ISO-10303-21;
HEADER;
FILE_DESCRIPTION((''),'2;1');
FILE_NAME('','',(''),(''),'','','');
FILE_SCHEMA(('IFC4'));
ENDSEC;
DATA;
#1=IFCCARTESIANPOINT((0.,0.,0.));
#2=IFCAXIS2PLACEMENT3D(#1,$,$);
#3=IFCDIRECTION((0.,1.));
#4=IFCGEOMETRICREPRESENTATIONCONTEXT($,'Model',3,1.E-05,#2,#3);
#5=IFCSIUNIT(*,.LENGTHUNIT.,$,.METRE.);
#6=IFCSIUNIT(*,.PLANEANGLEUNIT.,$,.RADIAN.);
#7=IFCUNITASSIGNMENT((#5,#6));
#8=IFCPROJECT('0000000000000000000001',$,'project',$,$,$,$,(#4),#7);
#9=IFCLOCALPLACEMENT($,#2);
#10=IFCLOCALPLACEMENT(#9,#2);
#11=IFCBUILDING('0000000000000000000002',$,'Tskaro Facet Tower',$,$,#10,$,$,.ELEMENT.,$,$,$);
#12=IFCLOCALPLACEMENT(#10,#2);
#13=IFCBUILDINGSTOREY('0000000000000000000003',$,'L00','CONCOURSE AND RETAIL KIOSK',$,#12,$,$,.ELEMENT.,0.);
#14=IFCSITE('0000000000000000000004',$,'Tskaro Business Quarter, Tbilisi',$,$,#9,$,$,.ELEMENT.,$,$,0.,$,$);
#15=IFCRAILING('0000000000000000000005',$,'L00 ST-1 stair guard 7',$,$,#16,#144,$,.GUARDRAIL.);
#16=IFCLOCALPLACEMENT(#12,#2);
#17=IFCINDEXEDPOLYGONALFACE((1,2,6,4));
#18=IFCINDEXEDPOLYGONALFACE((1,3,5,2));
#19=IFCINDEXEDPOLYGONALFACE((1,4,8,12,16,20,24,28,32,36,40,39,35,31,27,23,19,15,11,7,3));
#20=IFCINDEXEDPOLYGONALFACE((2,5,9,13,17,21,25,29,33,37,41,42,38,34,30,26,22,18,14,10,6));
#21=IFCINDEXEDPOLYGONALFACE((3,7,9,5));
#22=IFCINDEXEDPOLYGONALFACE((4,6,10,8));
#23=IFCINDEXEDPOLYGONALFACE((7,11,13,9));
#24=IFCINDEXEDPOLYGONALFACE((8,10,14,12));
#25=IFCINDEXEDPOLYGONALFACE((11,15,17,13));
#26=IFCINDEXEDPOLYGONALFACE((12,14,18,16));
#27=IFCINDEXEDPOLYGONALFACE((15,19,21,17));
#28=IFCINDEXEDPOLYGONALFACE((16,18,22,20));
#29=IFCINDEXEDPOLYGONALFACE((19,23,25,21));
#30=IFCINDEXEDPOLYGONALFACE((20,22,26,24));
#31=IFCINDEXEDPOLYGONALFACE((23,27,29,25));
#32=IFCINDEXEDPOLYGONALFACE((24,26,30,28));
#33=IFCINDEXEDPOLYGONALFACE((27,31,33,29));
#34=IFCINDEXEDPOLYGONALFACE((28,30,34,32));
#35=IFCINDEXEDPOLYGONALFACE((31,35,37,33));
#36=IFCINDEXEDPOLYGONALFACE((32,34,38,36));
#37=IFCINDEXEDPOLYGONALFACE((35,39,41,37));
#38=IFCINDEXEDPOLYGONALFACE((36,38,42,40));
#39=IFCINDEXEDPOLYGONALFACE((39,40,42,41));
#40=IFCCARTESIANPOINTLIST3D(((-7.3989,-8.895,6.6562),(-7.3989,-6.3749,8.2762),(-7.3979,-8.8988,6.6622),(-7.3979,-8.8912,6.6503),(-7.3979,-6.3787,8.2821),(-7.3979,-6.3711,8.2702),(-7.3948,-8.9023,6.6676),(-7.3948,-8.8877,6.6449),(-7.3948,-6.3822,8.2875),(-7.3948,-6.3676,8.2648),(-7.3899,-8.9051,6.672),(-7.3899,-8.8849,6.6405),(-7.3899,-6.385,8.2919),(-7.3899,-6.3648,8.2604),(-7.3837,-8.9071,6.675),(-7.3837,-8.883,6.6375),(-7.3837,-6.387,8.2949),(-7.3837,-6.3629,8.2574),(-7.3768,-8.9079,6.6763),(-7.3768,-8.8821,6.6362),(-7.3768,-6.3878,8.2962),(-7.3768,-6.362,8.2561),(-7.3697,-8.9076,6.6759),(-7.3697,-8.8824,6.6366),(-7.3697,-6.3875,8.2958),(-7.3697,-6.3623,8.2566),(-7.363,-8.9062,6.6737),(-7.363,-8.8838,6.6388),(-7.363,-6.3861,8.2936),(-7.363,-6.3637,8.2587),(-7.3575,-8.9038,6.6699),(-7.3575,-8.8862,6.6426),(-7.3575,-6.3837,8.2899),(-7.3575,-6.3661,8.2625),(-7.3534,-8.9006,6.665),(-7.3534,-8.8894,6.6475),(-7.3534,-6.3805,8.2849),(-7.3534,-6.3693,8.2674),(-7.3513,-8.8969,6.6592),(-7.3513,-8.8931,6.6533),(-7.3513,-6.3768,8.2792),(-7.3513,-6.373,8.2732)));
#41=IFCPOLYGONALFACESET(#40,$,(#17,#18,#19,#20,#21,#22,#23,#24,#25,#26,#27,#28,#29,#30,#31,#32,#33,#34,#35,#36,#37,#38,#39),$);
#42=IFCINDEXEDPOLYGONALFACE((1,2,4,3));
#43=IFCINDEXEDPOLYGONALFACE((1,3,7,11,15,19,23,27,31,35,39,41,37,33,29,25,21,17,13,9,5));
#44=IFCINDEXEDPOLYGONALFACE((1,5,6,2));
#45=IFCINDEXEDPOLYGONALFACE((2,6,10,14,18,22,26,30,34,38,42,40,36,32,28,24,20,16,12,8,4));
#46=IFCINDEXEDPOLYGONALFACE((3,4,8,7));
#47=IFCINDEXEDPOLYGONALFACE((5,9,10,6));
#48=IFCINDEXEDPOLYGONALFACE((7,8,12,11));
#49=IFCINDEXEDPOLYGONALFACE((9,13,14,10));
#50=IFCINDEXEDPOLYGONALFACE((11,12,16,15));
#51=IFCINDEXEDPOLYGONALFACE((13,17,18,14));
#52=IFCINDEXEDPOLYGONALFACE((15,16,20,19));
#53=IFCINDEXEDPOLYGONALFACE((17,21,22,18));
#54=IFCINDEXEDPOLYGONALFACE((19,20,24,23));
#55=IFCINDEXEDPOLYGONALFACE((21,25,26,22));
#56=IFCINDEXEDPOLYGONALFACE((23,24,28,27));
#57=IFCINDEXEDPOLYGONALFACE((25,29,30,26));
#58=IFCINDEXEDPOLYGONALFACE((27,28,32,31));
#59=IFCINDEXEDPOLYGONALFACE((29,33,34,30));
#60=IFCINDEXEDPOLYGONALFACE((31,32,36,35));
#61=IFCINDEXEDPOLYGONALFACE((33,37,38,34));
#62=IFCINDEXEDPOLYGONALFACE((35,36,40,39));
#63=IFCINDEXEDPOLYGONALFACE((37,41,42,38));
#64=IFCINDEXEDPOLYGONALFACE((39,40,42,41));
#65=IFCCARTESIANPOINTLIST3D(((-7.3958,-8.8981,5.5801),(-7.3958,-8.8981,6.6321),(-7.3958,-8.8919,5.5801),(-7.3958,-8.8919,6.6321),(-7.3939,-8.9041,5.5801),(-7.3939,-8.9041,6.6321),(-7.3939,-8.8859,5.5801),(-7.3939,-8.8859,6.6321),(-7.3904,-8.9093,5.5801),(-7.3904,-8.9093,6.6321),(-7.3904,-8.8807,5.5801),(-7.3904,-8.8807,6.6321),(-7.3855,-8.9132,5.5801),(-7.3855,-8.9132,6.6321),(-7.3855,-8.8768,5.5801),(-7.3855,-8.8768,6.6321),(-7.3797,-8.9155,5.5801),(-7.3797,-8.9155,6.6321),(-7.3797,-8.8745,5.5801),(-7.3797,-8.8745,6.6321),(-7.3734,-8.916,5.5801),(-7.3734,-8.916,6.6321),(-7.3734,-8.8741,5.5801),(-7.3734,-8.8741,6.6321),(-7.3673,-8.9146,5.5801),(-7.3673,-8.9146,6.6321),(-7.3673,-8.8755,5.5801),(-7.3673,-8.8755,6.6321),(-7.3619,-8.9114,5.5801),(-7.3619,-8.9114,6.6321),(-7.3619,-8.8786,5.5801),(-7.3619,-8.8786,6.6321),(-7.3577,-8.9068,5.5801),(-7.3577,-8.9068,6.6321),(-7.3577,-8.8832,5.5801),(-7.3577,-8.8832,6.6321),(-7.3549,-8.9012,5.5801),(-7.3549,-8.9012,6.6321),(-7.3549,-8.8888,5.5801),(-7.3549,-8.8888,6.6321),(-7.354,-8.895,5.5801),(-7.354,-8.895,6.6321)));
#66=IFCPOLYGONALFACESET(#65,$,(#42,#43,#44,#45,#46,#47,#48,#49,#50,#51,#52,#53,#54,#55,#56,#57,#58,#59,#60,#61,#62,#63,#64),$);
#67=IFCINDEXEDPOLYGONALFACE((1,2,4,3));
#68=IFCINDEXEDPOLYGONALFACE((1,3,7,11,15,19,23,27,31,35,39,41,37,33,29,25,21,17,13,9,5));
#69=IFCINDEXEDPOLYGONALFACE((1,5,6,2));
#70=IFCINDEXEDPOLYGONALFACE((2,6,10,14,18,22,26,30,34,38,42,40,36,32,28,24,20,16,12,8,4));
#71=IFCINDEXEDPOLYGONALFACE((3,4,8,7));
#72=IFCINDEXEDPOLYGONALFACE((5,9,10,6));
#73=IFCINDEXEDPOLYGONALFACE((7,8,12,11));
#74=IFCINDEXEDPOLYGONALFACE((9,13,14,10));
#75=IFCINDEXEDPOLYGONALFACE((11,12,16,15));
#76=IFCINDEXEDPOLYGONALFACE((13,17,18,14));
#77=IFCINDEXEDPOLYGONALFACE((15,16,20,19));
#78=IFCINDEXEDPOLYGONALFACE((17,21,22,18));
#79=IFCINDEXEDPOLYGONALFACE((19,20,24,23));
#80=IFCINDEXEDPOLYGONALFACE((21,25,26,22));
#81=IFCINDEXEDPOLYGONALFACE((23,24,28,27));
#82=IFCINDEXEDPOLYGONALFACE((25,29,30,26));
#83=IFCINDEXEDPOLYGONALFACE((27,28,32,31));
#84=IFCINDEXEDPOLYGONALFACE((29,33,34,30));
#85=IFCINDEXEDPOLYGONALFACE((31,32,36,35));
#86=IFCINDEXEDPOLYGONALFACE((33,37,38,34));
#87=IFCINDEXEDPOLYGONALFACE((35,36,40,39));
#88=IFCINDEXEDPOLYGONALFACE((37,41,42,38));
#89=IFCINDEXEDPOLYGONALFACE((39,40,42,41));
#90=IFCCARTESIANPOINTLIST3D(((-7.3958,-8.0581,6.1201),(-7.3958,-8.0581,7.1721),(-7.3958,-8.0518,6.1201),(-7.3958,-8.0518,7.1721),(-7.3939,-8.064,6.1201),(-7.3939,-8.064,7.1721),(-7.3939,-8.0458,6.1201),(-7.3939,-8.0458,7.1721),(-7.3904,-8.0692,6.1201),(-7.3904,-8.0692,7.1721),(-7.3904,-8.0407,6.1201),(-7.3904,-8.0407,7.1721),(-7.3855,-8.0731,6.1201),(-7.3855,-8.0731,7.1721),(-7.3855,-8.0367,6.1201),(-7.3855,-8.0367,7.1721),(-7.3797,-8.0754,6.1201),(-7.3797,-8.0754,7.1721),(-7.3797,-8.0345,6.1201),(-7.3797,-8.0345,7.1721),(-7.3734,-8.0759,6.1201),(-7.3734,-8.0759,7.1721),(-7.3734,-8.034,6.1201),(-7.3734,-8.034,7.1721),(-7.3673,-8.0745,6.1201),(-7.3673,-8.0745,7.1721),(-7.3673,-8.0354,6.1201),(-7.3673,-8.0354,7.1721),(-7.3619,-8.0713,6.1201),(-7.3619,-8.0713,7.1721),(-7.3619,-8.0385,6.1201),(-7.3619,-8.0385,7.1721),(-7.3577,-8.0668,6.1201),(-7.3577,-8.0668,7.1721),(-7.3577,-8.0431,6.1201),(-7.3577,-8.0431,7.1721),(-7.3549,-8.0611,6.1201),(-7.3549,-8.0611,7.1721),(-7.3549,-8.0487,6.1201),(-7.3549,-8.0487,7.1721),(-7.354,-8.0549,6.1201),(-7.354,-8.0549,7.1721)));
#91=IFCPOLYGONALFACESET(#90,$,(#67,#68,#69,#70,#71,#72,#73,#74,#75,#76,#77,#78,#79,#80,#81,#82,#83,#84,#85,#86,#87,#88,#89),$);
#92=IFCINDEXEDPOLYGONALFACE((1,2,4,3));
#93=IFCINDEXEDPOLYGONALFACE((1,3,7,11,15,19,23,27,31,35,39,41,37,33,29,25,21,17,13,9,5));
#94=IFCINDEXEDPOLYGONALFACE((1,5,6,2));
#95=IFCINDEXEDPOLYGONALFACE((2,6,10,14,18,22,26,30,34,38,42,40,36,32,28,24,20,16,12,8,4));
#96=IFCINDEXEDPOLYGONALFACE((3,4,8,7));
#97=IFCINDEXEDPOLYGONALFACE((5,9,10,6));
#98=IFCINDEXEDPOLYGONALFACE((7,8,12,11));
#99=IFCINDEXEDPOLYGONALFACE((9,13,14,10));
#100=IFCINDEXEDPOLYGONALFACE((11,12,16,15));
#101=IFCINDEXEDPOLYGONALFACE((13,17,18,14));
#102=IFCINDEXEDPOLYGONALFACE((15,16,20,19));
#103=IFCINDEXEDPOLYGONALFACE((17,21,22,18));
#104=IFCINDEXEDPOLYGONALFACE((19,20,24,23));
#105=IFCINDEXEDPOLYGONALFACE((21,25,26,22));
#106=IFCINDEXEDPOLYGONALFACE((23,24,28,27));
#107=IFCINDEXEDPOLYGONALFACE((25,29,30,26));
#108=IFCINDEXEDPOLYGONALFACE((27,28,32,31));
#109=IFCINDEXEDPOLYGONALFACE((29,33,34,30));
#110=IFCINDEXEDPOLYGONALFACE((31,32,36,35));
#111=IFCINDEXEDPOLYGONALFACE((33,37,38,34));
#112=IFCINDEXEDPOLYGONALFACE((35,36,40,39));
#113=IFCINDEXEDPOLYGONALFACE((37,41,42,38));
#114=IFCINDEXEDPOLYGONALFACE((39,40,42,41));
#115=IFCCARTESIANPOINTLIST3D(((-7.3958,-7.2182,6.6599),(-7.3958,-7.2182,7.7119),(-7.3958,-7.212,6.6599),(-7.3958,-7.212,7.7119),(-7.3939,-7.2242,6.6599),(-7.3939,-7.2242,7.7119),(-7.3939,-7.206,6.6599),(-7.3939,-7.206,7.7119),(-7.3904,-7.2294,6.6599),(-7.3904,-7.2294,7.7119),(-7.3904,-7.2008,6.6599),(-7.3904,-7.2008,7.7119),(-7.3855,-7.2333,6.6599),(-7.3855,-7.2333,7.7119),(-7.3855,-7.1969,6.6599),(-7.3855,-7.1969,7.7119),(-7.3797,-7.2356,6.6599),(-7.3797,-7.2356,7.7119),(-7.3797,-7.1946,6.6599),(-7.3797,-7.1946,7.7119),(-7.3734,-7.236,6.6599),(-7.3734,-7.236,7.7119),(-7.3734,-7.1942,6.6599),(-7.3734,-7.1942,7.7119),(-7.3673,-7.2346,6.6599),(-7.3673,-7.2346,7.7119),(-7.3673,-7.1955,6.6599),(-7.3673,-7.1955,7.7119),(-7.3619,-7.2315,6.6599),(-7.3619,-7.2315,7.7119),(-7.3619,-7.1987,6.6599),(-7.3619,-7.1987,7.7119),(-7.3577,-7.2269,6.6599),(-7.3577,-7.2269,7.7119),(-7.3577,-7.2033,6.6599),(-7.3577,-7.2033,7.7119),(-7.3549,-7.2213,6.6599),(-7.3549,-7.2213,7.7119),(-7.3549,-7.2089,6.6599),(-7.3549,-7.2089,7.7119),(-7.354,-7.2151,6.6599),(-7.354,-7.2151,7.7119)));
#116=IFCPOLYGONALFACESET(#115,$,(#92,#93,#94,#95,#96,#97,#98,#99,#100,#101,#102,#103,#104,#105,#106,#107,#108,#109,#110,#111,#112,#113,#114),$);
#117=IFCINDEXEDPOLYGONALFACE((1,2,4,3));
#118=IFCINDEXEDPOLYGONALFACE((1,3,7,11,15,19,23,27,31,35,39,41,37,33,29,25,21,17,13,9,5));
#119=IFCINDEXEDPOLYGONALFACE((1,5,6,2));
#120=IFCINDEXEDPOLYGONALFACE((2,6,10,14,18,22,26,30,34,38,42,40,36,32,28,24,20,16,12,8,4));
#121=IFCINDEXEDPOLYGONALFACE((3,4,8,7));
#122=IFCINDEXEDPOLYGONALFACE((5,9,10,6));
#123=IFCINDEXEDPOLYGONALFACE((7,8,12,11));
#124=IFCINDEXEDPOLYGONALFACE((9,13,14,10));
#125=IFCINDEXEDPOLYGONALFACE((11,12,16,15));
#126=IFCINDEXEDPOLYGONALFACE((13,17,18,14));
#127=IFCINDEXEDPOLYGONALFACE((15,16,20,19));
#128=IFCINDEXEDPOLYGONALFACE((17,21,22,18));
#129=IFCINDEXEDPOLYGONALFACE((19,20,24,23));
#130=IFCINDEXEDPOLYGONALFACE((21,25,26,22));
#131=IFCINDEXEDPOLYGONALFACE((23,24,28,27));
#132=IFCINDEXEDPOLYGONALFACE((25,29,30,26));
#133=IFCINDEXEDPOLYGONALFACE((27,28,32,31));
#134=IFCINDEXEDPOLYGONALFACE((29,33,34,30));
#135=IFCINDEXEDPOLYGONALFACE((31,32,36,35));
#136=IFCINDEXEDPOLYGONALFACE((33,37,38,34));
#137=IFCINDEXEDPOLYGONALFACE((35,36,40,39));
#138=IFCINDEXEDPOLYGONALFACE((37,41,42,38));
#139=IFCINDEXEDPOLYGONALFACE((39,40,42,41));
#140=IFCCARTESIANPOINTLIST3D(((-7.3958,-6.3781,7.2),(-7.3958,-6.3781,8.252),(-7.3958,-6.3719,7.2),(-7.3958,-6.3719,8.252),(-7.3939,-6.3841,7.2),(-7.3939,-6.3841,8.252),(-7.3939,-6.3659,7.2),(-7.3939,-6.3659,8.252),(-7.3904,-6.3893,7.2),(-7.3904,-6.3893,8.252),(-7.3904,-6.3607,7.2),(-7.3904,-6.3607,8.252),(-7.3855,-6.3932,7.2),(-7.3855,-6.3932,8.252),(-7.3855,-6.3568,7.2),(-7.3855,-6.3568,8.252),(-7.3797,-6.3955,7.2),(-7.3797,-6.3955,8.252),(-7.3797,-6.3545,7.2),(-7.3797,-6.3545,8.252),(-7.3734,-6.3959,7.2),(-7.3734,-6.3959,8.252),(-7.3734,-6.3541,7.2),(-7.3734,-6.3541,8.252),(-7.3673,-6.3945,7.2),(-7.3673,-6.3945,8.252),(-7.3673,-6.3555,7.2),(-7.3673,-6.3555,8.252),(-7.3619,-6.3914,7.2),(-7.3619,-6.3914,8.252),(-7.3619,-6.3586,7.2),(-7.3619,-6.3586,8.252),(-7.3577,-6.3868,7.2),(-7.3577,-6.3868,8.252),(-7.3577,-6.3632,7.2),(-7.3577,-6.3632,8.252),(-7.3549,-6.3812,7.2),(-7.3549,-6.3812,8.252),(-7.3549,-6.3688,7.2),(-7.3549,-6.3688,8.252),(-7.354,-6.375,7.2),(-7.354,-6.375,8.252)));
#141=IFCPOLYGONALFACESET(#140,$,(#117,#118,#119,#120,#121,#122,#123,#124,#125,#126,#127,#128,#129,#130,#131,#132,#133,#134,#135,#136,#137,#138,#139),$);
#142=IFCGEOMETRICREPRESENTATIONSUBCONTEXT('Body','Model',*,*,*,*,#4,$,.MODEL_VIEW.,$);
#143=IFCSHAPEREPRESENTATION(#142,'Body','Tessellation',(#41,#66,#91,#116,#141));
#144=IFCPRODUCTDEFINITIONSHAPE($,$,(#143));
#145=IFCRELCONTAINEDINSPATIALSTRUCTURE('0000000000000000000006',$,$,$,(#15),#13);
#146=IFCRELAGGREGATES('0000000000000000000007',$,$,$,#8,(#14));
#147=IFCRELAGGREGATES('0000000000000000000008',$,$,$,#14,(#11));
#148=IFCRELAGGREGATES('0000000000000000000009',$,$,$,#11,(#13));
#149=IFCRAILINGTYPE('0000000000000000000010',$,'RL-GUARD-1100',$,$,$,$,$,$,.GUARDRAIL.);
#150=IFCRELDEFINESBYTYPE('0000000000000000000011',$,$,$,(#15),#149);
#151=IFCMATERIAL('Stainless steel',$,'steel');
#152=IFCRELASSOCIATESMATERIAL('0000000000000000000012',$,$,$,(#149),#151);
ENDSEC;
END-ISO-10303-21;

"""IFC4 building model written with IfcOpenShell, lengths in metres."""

from ifc_helpers import new_model, si_unit, direction, frame, origin, origin_2d, place, context, subcontext, project, spatial, circle, extrude, material, type_object, element, save


model = new_model("IFC4")

# Units and contexts
model_context = context("Model", 3, precision=1e-05, world=origin(), true_north=direction((0.0, 1.0)))
body_context = subcontext(model_context, "Body", "Model", "MODEL_VIEW")
ifc_project = project(units=[si_unit("LENGTHUNIT", "METRE"), si_unit("PLANEANGLEUNIT", "RADIAN")], contexts=[model_context])

# Site, building, storey
site_placement = place(None, origin())
site = spatial("IfcSite", under=ifc_project, at=site_placement, Name="Tskaro Business Quarter, Tbilisi", CompositionType="ELEMENT", RefElevation=0.0)
building_placement = place(site_placement, origin())
building = spatial("IfcBuilding", under=site, at=building_placement, Name="Tskaro Facet Tower", CompositionType="ELEMENT")
storey_placement = place(building_placement, origin())
storey = spatial("IfcBuildingStorey", under=building, at=storey_placement, Name="L00", Description="CONCOURSE AND RETAIL KIOSK", CompositionType="ELEMENT", Elevation=0.0)

# Shared definitions
ifc_material_1 = material(Name="Stainless steel", Category="steel")

# Railing
railing_type = type_object("IfcRailingType", Name="RL-GUARD-1100", PredefinedType="GUARDRAIL", material=ifc_material_1)
railing_1_placement = place(storey_placement, frame((-7.375, -8.895, 5.5801)))
element("IfcRailing", 1, at=railing_1_placement, inside=storey, type_object=railing_type, Name="L00 ST-1 stair guard 7", PredefinedType="GUARDRAIL", context=body_context, shape_type="SweptSolid", body=[
    extrude(circle(Radius=0.0239, at=origin_2d()), frame((0.0, 0.0, 1.0762), z_axis=(0.0, 0.8412, 0.540725), x_axis=(-1.0, 0.0, 0.0)), (0.0, 0.0, 1.0), 2.9958),
    extrude(circle(Radius=0.021, at=origin_2d()), origin(), (0.0, 0.0, 1.0), 1.052),
    extrude(circle(Radius=0.021, at=origin_2d()), frame((0.0, 0.8401, 0.54)), (0.0, 0.0, 1.0), 1.052),
    extrude(circle(Radius=0.021, at=origin_2d()), frame((0.0, 1.6799, 1.0798)), (0.0, 0.0, 1.0), 1.052),
    extrude(circle(Radius=0.021, at=origin_2d()), frame((0.0, 2.52, 1.6199)), (0.0, 0.0, 1.0), 1.052),
])

save(model, "model.ifc")
